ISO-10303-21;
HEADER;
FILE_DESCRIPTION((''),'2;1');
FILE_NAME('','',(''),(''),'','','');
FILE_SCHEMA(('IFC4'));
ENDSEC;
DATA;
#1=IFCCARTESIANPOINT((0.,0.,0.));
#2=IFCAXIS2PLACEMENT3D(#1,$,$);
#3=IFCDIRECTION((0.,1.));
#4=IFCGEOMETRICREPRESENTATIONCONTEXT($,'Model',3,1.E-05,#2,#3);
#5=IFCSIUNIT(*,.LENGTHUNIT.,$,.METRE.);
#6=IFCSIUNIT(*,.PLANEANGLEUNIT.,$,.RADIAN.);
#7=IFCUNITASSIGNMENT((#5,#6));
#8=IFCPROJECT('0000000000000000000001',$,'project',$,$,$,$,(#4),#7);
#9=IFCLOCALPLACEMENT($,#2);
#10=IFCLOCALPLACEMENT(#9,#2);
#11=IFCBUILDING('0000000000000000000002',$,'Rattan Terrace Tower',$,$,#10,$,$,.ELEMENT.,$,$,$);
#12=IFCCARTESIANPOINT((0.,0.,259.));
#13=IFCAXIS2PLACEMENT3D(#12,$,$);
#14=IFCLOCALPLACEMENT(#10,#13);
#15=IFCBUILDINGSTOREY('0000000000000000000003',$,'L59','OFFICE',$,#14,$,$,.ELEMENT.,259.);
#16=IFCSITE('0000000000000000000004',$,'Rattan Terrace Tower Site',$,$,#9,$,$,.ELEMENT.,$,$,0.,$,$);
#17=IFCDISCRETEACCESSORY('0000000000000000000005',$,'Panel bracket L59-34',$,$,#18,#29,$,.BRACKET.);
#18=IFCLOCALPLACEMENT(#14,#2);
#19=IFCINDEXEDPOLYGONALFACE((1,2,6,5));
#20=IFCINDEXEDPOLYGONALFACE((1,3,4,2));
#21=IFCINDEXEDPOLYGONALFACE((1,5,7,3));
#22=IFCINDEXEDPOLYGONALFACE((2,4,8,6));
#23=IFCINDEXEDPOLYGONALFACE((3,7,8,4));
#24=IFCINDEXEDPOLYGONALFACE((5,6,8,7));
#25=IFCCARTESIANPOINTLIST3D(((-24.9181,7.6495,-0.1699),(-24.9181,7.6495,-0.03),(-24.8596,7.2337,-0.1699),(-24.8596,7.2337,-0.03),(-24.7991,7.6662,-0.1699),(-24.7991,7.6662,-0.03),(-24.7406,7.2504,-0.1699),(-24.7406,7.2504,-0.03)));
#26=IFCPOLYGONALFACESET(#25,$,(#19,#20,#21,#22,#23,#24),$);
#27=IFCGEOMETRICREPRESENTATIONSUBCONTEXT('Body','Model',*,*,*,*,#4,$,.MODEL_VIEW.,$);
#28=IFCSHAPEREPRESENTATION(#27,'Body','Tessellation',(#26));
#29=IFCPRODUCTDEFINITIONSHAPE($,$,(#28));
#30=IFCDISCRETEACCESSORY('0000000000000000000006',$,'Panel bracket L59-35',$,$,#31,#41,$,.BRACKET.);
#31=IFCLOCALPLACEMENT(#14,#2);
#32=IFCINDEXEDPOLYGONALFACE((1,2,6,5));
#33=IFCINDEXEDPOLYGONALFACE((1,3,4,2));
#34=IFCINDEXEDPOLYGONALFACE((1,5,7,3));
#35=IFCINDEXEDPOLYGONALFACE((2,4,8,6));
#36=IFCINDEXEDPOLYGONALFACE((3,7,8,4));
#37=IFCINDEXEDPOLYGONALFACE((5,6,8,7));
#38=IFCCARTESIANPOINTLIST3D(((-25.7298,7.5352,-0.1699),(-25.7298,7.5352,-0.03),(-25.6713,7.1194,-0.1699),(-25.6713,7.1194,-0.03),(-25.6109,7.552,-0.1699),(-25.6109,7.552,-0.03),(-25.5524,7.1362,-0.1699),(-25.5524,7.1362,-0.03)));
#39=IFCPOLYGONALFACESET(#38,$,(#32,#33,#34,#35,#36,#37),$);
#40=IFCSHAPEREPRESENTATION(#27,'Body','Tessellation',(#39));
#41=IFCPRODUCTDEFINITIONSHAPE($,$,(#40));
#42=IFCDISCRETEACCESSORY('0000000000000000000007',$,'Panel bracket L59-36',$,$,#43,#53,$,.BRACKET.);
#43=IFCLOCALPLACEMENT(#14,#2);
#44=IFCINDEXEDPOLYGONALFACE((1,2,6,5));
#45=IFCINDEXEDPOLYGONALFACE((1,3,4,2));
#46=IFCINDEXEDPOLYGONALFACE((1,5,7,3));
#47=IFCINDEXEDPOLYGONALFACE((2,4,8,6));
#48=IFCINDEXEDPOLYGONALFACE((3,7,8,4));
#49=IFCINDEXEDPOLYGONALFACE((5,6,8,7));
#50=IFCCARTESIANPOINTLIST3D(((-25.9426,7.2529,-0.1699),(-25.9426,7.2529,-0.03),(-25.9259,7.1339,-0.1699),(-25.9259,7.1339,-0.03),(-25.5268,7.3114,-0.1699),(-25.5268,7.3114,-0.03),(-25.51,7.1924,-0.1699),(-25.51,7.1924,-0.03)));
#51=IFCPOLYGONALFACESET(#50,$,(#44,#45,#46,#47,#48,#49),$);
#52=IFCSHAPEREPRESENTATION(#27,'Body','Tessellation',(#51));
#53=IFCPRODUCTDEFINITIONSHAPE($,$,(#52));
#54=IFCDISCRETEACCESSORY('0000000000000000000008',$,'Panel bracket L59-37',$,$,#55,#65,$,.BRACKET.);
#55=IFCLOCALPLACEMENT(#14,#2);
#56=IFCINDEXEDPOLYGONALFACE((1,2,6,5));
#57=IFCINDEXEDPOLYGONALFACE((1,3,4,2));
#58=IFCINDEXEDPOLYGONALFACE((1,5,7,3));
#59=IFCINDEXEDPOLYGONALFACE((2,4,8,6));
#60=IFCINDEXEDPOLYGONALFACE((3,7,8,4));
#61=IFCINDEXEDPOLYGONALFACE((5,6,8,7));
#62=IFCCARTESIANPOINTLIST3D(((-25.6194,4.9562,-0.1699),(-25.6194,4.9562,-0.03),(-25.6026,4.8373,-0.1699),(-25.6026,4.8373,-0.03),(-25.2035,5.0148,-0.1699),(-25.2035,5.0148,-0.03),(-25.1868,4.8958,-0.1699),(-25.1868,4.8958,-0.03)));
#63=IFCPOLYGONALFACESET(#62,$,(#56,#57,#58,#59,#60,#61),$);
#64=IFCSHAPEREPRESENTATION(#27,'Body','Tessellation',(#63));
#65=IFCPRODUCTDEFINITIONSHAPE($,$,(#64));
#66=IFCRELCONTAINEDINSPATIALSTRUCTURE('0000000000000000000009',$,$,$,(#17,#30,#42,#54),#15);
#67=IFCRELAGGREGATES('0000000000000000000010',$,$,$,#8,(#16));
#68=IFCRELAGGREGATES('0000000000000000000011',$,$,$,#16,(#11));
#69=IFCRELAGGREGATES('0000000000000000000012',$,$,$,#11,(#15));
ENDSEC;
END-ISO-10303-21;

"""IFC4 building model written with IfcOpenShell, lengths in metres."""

from ifc_helpers import new_model, si_unit, direction, frame, origin, origin_2d, place, context, subcontext, project, spatial, rectangle, extrude, element, save


model = new_model("IFC4")

# Units and contexts
model_context = context("Model", 3, precision=1e-05, world=origin(), true_north=direction((0.0, 1.0)))
body_context = subcontext(model_context, "Body", "Model", "MODEL_VIEW")
ifc_project = project(units=[si_unit("LENGTHUNIT", "METRE"), si_unit("PLANEANGLEUNIT", "RADIAN")], contexts=[model_context])

# Site, building, storey
site_placement = place(None, origin())
site = spatial("IfcSite", under=ifc_project, at=site_placement, Name="Rattan Terrace Tower Site", CompositionType="ELEMENT", RefElevation=0.0)
building_placement = place(site_placement, origin())
building = spatial("IfcBuilding", under=site, at=building_placement, Name="Rattan Terrace Tower", CompositionType="ELEMENT")
storey_placement = place(building_placement, frame((0.0, 0.0, 259.0)))
storey = spatial("IfcBuildingStorey", under=building, at=storey_placement, Name="L59", Description="OFFICE", CompositionType="ELEMENT", Elevation=259.0)

# Discrete accessories
for number, where, z_axis, x_axis, name in (
    (1, (-24.8293, 7.45, -0.1699), (0.0, 0.0, 1.0), (-0.990241, -0.139367, 0.0), "Panel bracket L59-34"),
    (2, (-25.6411, 7.3357, -0.1699), (0.0, 0.0, 1.0), (-0.990241, -0.139367, 0.0), "Panel bracket L59-35"),
    (3, (-25.7263, 7.2227, -0.1699), (0.0, 0.0, 1.0), (0.139367, -0.990241, 0.0), "Panel bracket L59-36"),
    (4, (-25.4031, 4.926, -0.1699), (0.0, 0.0, 1.0), (0.139367, -0.990241, 0.0), "Panel bracket L59-37"),
):
    element("IfcDiscreteAccessory", number, at=place(storey_placement, frame(where, z_axis=z_axis, x_axis=x_axis)), inside=storey, Name=name, PredefinedType="BRACKET", context=body_context, shape_type="SweptSolid", body=[
        extrude(rectangle(XDim=0.1201, YDim=0.4199, at=origin_2d()), origin(), (0.0, 0.0, 1.0), 0.1399),
    ])

save(model, "model.ifc")
